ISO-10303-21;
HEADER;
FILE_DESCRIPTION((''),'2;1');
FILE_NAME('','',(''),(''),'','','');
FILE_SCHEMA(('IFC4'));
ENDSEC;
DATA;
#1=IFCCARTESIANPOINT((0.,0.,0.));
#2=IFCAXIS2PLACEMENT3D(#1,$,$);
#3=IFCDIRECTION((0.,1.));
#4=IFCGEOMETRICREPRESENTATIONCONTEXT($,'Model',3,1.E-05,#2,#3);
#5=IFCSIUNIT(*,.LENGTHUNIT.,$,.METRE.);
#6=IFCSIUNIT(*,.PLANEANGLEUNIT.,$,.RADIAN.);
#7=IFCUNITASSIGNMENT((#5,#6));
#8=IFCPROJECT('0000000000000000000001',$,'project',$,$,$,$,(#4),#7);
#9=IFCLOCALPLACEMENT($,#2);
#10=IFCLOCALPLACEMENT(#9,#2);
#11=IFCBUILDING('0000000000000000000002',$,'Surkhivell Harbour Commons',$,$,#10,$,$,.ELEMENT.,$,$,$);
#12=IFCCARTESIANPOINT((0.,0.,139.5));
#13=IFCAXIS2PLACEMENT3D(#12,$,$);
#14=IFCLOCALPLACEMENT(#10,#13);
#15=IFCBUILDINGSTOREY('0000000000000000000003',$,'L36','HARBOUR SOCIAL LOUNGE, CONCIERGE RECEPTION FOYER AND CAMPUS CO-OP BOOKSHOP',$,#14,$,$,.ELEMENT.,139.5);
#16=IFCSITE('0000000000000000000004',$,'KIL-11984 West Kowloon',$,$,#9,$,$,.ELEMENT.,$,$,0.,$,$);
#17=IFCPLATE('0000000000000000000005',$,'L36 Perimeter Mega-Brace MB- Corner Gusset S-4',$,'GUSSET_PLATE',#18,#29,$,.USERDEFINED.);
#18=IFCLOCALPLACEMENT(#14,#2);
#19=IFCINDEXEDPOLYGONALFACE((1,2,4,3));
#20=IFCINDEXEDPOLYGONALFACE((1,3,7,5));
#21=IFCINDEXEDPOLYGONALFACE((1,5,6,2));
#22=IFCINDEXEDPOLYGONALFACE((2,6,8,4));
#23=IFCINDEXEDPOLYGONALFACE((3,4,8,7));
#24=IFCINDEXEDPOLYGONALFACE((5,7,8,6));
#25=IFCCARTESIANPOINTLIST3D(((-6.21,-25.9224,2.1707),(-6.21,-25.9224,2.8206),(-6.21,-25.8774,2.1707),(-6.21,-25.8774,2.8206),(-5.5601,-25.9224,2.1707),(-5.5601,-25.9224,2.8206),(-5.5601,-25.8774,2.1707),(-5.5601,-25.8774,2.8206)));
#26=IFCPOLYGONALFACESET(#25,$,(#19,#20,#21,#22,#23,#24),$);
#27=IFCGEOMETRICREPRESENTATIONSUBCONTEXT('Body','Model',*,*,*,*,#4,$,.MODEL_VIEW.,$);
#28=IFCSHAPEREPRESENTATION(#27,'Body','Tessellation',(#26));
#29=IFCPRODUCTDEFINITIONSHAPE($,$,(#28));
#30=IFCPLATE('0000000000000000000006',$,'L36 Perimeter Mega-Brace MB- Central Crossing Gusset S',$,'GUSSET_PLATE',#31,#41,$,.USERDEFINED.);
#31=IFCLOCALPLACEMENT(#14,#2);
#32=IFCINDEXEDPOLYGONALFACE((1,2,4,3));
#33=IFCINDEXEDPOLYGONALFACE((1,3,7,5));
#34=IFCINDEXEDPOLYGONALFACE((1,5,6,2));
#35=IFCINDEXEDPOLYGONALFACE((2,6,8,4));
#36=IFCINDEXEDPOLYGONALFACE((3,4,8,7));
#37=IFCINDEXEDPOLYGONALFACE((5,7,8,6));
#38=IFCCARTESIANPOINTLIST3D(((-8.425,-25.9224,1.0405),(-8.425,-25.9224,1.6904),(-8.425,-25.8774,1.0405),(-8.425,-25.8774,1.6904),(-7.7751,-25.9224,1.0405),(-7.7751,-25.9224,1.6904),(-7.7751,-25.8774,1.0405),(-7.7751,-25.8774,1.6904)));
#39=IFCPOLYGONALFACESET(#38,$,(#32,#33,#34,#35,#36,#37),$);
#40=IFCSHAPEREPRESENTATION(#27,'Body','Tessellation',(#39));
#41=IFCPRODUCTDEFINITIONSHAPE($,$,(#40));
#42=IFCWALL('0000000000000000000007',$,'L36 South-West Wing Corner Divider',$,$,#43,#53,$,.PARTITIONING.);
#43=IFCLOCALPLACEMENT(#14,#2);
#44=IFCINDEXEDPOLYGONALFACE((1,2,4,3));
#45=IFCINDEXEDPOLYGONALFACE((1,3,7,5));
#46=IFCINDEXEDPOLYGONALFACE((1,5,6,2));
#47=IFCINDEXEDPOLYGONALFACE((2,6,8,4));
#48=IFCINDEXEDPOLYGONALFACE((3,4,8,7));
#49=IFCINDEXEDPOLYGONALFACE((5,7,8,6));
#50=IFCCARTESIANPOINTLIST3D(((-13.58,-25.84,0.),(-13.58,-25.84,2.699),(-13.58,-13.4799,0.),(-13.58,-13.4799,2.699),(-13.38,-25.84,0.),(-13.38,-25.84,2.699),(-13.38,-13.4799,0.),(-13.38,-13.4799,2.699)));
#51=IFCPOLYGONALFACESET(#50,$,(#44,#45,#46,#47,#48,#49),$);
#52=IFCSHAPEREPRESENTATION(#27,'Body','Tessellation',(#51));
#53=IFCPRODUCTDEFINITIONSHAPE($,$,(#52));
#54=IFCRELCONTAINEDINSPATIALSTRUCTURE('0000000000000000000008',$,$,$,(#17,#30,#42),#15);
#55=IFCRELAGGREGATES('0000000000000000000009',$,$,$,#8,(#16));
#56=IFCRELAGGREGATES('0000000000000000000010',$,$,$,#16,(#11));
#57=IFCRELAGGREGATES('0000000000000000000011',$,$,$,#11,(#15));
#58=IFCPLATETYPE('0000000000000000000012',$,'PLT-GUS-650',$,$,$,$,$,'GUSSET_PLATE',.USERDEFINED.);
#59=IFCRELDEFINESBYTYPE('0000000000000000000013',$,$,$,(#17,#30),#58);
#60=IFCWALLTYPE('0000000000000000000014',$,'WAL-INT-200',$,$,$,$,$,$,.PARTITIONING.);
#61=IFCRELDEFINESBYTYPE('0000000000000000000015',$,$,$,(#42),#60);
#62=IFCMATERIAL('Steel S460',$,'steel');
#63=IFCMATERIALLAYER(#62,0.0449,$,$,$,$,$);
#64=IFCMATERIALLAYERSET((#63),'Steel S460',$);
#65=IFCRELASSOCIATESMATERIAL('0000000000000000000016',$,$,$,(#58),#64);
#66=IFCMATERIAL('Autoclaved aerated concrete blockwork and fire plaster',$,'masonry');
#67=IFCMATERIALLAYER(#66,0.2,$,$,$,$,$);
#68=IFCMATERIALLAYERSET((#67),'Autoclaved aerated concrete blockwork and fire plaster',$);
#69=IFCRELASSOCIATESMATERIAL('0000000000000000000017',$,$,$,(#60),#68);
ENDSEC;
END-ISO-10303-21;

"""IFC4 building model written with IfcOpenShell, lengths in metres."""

from ifc_helpers import new_model, si_unit, direction, frame, frame_2d, origin, origin_2d, place, context, subcontext, project, spatial, rectangle, extrude, material, layer, layer_set, type_object, element, save


model = new_model("IFC4")

# Units and contexts
model_context = context("Model", 3, precision=1e-05, world=origin(), true_north=direction((0.0, 1.0)))
body_context = subcontext(model_context, "Body", "Model", "MODEL_VIEW")
ifc_project = project(units=[si_unit("LENGTHUNIT", "METRE"), si_unit("PLANEANGLEUNIT", "RADIAN")], contexts=[model_context])

# Site, building, storey
site_placement = place(None, origin())
site = spatial("IfcSite", under=ifc_project, at=site_placement, Name="KIL-11984 West Kowloon", CompositionType="ELEMENT", RefElevation=0.0)
building_placement = place(site_placement, origin())
building = spatial("IfcBuilding", under=site, at=building_placement, Name="Surkhivell Harbour Commons", CompositionType="ELEMENT")
storey_placement = place(building_placement, frame((0.0, 0.0, 139.5)))
storey = spatial("IfcBuildingStorey", under=building, at=storey_placement, Name="L36", Description="HARBOUR SOCIAL LOUNGE, CONCIERGE RECEPTION FOYER AND CAMPUS CO-OP BOOKSHOP", CompositionType="ELEMENT", Elevation=139.5)

# Shared definitions
ifc_material_1 = material(Name="Steel S460", Category="steel")

# Plates
ifc_layer_1 = layer(ifc_material_1, 0.0449)
ifc_layer_set_1 = layer_set([ifc_layer_1], Name="Steel S460")
plate_type_1 = type_object("IfcPlateType", Name="PLT-GUS-650", ElementType="GUSSET_PLATE", PredefinedType="USERDEFINED", material=ifc_layer_set_1)
for number, where, z_axis, x_axis, name in (
    (1, (-5.885, -25.8999, 2.1707), (0.0, 0.0, 1.0), (1.0, 0.0, 0.0), "L36 Perimeter Mega-Brace MB- Corner Gusset S-4"),
    (2, (-8.1001, -25.8999, 1.0405), (0.0, 0.0, 1.0), (1.0, 0.0, 0.0), "L36 Perimeter Mega-Brace MB- Central Crossing Gusset S"),
):
    element("IfcPlate", number, at=place(storey_placement, frame(where, z_axis=z_axis, x_axis=x_axis)), inside=storey, type_object=plate_type_1, Name=name, ObjectType="GUSSET_PLATE", PredefinedType="USERDEFINED", context=body_context, shape_type="SweptSolid", body=[
        extrude(rectangle(XDim=0.6499, YDim=0.0449, at=origin_2d()), origin(), (0.0, 0.0, 1.0), 0.6499),
    ])

# Wall
ifc_material_2 = material(Name="Autoclaved aerated concrete blockwork and fire plaster", Category="masonry")
ifc_layer_2 = layer(ifc_material_2, 0.2)
ifc_layer_set_2 = layer_set([ifc_layer_2], Name="Autoclaved aerated concrete blockwork and fire plaster")
wall_type = type_object("IfcWallType", Name="WAL-INT-200", PredefinedType="PARTITIONING", material=ifc_layer_set_2)
wall_placement = place(storey_placement, frame((-13.48, -25.8401, 0.0), z_axis=(0.0, 0.0, 1.0), x_axis=(0.0, 1.0, 0.0)))
element("IfcWall", 3, at=wall_placement, inside=storey, type_object=wall_type, Name="L36 South-West Wing Corner Divider", PredefinedType="PARTITIONING", context=body_context, shape_type="SweptSolid", body=[
    extrude(rectangle(XDim=12.3601, YDim=0.2, at=frame_2d((6.1802, 0.0))), origin(), (0.0, 0.0, 1.0), 2.699),
])

save(model, "model.ifc")
